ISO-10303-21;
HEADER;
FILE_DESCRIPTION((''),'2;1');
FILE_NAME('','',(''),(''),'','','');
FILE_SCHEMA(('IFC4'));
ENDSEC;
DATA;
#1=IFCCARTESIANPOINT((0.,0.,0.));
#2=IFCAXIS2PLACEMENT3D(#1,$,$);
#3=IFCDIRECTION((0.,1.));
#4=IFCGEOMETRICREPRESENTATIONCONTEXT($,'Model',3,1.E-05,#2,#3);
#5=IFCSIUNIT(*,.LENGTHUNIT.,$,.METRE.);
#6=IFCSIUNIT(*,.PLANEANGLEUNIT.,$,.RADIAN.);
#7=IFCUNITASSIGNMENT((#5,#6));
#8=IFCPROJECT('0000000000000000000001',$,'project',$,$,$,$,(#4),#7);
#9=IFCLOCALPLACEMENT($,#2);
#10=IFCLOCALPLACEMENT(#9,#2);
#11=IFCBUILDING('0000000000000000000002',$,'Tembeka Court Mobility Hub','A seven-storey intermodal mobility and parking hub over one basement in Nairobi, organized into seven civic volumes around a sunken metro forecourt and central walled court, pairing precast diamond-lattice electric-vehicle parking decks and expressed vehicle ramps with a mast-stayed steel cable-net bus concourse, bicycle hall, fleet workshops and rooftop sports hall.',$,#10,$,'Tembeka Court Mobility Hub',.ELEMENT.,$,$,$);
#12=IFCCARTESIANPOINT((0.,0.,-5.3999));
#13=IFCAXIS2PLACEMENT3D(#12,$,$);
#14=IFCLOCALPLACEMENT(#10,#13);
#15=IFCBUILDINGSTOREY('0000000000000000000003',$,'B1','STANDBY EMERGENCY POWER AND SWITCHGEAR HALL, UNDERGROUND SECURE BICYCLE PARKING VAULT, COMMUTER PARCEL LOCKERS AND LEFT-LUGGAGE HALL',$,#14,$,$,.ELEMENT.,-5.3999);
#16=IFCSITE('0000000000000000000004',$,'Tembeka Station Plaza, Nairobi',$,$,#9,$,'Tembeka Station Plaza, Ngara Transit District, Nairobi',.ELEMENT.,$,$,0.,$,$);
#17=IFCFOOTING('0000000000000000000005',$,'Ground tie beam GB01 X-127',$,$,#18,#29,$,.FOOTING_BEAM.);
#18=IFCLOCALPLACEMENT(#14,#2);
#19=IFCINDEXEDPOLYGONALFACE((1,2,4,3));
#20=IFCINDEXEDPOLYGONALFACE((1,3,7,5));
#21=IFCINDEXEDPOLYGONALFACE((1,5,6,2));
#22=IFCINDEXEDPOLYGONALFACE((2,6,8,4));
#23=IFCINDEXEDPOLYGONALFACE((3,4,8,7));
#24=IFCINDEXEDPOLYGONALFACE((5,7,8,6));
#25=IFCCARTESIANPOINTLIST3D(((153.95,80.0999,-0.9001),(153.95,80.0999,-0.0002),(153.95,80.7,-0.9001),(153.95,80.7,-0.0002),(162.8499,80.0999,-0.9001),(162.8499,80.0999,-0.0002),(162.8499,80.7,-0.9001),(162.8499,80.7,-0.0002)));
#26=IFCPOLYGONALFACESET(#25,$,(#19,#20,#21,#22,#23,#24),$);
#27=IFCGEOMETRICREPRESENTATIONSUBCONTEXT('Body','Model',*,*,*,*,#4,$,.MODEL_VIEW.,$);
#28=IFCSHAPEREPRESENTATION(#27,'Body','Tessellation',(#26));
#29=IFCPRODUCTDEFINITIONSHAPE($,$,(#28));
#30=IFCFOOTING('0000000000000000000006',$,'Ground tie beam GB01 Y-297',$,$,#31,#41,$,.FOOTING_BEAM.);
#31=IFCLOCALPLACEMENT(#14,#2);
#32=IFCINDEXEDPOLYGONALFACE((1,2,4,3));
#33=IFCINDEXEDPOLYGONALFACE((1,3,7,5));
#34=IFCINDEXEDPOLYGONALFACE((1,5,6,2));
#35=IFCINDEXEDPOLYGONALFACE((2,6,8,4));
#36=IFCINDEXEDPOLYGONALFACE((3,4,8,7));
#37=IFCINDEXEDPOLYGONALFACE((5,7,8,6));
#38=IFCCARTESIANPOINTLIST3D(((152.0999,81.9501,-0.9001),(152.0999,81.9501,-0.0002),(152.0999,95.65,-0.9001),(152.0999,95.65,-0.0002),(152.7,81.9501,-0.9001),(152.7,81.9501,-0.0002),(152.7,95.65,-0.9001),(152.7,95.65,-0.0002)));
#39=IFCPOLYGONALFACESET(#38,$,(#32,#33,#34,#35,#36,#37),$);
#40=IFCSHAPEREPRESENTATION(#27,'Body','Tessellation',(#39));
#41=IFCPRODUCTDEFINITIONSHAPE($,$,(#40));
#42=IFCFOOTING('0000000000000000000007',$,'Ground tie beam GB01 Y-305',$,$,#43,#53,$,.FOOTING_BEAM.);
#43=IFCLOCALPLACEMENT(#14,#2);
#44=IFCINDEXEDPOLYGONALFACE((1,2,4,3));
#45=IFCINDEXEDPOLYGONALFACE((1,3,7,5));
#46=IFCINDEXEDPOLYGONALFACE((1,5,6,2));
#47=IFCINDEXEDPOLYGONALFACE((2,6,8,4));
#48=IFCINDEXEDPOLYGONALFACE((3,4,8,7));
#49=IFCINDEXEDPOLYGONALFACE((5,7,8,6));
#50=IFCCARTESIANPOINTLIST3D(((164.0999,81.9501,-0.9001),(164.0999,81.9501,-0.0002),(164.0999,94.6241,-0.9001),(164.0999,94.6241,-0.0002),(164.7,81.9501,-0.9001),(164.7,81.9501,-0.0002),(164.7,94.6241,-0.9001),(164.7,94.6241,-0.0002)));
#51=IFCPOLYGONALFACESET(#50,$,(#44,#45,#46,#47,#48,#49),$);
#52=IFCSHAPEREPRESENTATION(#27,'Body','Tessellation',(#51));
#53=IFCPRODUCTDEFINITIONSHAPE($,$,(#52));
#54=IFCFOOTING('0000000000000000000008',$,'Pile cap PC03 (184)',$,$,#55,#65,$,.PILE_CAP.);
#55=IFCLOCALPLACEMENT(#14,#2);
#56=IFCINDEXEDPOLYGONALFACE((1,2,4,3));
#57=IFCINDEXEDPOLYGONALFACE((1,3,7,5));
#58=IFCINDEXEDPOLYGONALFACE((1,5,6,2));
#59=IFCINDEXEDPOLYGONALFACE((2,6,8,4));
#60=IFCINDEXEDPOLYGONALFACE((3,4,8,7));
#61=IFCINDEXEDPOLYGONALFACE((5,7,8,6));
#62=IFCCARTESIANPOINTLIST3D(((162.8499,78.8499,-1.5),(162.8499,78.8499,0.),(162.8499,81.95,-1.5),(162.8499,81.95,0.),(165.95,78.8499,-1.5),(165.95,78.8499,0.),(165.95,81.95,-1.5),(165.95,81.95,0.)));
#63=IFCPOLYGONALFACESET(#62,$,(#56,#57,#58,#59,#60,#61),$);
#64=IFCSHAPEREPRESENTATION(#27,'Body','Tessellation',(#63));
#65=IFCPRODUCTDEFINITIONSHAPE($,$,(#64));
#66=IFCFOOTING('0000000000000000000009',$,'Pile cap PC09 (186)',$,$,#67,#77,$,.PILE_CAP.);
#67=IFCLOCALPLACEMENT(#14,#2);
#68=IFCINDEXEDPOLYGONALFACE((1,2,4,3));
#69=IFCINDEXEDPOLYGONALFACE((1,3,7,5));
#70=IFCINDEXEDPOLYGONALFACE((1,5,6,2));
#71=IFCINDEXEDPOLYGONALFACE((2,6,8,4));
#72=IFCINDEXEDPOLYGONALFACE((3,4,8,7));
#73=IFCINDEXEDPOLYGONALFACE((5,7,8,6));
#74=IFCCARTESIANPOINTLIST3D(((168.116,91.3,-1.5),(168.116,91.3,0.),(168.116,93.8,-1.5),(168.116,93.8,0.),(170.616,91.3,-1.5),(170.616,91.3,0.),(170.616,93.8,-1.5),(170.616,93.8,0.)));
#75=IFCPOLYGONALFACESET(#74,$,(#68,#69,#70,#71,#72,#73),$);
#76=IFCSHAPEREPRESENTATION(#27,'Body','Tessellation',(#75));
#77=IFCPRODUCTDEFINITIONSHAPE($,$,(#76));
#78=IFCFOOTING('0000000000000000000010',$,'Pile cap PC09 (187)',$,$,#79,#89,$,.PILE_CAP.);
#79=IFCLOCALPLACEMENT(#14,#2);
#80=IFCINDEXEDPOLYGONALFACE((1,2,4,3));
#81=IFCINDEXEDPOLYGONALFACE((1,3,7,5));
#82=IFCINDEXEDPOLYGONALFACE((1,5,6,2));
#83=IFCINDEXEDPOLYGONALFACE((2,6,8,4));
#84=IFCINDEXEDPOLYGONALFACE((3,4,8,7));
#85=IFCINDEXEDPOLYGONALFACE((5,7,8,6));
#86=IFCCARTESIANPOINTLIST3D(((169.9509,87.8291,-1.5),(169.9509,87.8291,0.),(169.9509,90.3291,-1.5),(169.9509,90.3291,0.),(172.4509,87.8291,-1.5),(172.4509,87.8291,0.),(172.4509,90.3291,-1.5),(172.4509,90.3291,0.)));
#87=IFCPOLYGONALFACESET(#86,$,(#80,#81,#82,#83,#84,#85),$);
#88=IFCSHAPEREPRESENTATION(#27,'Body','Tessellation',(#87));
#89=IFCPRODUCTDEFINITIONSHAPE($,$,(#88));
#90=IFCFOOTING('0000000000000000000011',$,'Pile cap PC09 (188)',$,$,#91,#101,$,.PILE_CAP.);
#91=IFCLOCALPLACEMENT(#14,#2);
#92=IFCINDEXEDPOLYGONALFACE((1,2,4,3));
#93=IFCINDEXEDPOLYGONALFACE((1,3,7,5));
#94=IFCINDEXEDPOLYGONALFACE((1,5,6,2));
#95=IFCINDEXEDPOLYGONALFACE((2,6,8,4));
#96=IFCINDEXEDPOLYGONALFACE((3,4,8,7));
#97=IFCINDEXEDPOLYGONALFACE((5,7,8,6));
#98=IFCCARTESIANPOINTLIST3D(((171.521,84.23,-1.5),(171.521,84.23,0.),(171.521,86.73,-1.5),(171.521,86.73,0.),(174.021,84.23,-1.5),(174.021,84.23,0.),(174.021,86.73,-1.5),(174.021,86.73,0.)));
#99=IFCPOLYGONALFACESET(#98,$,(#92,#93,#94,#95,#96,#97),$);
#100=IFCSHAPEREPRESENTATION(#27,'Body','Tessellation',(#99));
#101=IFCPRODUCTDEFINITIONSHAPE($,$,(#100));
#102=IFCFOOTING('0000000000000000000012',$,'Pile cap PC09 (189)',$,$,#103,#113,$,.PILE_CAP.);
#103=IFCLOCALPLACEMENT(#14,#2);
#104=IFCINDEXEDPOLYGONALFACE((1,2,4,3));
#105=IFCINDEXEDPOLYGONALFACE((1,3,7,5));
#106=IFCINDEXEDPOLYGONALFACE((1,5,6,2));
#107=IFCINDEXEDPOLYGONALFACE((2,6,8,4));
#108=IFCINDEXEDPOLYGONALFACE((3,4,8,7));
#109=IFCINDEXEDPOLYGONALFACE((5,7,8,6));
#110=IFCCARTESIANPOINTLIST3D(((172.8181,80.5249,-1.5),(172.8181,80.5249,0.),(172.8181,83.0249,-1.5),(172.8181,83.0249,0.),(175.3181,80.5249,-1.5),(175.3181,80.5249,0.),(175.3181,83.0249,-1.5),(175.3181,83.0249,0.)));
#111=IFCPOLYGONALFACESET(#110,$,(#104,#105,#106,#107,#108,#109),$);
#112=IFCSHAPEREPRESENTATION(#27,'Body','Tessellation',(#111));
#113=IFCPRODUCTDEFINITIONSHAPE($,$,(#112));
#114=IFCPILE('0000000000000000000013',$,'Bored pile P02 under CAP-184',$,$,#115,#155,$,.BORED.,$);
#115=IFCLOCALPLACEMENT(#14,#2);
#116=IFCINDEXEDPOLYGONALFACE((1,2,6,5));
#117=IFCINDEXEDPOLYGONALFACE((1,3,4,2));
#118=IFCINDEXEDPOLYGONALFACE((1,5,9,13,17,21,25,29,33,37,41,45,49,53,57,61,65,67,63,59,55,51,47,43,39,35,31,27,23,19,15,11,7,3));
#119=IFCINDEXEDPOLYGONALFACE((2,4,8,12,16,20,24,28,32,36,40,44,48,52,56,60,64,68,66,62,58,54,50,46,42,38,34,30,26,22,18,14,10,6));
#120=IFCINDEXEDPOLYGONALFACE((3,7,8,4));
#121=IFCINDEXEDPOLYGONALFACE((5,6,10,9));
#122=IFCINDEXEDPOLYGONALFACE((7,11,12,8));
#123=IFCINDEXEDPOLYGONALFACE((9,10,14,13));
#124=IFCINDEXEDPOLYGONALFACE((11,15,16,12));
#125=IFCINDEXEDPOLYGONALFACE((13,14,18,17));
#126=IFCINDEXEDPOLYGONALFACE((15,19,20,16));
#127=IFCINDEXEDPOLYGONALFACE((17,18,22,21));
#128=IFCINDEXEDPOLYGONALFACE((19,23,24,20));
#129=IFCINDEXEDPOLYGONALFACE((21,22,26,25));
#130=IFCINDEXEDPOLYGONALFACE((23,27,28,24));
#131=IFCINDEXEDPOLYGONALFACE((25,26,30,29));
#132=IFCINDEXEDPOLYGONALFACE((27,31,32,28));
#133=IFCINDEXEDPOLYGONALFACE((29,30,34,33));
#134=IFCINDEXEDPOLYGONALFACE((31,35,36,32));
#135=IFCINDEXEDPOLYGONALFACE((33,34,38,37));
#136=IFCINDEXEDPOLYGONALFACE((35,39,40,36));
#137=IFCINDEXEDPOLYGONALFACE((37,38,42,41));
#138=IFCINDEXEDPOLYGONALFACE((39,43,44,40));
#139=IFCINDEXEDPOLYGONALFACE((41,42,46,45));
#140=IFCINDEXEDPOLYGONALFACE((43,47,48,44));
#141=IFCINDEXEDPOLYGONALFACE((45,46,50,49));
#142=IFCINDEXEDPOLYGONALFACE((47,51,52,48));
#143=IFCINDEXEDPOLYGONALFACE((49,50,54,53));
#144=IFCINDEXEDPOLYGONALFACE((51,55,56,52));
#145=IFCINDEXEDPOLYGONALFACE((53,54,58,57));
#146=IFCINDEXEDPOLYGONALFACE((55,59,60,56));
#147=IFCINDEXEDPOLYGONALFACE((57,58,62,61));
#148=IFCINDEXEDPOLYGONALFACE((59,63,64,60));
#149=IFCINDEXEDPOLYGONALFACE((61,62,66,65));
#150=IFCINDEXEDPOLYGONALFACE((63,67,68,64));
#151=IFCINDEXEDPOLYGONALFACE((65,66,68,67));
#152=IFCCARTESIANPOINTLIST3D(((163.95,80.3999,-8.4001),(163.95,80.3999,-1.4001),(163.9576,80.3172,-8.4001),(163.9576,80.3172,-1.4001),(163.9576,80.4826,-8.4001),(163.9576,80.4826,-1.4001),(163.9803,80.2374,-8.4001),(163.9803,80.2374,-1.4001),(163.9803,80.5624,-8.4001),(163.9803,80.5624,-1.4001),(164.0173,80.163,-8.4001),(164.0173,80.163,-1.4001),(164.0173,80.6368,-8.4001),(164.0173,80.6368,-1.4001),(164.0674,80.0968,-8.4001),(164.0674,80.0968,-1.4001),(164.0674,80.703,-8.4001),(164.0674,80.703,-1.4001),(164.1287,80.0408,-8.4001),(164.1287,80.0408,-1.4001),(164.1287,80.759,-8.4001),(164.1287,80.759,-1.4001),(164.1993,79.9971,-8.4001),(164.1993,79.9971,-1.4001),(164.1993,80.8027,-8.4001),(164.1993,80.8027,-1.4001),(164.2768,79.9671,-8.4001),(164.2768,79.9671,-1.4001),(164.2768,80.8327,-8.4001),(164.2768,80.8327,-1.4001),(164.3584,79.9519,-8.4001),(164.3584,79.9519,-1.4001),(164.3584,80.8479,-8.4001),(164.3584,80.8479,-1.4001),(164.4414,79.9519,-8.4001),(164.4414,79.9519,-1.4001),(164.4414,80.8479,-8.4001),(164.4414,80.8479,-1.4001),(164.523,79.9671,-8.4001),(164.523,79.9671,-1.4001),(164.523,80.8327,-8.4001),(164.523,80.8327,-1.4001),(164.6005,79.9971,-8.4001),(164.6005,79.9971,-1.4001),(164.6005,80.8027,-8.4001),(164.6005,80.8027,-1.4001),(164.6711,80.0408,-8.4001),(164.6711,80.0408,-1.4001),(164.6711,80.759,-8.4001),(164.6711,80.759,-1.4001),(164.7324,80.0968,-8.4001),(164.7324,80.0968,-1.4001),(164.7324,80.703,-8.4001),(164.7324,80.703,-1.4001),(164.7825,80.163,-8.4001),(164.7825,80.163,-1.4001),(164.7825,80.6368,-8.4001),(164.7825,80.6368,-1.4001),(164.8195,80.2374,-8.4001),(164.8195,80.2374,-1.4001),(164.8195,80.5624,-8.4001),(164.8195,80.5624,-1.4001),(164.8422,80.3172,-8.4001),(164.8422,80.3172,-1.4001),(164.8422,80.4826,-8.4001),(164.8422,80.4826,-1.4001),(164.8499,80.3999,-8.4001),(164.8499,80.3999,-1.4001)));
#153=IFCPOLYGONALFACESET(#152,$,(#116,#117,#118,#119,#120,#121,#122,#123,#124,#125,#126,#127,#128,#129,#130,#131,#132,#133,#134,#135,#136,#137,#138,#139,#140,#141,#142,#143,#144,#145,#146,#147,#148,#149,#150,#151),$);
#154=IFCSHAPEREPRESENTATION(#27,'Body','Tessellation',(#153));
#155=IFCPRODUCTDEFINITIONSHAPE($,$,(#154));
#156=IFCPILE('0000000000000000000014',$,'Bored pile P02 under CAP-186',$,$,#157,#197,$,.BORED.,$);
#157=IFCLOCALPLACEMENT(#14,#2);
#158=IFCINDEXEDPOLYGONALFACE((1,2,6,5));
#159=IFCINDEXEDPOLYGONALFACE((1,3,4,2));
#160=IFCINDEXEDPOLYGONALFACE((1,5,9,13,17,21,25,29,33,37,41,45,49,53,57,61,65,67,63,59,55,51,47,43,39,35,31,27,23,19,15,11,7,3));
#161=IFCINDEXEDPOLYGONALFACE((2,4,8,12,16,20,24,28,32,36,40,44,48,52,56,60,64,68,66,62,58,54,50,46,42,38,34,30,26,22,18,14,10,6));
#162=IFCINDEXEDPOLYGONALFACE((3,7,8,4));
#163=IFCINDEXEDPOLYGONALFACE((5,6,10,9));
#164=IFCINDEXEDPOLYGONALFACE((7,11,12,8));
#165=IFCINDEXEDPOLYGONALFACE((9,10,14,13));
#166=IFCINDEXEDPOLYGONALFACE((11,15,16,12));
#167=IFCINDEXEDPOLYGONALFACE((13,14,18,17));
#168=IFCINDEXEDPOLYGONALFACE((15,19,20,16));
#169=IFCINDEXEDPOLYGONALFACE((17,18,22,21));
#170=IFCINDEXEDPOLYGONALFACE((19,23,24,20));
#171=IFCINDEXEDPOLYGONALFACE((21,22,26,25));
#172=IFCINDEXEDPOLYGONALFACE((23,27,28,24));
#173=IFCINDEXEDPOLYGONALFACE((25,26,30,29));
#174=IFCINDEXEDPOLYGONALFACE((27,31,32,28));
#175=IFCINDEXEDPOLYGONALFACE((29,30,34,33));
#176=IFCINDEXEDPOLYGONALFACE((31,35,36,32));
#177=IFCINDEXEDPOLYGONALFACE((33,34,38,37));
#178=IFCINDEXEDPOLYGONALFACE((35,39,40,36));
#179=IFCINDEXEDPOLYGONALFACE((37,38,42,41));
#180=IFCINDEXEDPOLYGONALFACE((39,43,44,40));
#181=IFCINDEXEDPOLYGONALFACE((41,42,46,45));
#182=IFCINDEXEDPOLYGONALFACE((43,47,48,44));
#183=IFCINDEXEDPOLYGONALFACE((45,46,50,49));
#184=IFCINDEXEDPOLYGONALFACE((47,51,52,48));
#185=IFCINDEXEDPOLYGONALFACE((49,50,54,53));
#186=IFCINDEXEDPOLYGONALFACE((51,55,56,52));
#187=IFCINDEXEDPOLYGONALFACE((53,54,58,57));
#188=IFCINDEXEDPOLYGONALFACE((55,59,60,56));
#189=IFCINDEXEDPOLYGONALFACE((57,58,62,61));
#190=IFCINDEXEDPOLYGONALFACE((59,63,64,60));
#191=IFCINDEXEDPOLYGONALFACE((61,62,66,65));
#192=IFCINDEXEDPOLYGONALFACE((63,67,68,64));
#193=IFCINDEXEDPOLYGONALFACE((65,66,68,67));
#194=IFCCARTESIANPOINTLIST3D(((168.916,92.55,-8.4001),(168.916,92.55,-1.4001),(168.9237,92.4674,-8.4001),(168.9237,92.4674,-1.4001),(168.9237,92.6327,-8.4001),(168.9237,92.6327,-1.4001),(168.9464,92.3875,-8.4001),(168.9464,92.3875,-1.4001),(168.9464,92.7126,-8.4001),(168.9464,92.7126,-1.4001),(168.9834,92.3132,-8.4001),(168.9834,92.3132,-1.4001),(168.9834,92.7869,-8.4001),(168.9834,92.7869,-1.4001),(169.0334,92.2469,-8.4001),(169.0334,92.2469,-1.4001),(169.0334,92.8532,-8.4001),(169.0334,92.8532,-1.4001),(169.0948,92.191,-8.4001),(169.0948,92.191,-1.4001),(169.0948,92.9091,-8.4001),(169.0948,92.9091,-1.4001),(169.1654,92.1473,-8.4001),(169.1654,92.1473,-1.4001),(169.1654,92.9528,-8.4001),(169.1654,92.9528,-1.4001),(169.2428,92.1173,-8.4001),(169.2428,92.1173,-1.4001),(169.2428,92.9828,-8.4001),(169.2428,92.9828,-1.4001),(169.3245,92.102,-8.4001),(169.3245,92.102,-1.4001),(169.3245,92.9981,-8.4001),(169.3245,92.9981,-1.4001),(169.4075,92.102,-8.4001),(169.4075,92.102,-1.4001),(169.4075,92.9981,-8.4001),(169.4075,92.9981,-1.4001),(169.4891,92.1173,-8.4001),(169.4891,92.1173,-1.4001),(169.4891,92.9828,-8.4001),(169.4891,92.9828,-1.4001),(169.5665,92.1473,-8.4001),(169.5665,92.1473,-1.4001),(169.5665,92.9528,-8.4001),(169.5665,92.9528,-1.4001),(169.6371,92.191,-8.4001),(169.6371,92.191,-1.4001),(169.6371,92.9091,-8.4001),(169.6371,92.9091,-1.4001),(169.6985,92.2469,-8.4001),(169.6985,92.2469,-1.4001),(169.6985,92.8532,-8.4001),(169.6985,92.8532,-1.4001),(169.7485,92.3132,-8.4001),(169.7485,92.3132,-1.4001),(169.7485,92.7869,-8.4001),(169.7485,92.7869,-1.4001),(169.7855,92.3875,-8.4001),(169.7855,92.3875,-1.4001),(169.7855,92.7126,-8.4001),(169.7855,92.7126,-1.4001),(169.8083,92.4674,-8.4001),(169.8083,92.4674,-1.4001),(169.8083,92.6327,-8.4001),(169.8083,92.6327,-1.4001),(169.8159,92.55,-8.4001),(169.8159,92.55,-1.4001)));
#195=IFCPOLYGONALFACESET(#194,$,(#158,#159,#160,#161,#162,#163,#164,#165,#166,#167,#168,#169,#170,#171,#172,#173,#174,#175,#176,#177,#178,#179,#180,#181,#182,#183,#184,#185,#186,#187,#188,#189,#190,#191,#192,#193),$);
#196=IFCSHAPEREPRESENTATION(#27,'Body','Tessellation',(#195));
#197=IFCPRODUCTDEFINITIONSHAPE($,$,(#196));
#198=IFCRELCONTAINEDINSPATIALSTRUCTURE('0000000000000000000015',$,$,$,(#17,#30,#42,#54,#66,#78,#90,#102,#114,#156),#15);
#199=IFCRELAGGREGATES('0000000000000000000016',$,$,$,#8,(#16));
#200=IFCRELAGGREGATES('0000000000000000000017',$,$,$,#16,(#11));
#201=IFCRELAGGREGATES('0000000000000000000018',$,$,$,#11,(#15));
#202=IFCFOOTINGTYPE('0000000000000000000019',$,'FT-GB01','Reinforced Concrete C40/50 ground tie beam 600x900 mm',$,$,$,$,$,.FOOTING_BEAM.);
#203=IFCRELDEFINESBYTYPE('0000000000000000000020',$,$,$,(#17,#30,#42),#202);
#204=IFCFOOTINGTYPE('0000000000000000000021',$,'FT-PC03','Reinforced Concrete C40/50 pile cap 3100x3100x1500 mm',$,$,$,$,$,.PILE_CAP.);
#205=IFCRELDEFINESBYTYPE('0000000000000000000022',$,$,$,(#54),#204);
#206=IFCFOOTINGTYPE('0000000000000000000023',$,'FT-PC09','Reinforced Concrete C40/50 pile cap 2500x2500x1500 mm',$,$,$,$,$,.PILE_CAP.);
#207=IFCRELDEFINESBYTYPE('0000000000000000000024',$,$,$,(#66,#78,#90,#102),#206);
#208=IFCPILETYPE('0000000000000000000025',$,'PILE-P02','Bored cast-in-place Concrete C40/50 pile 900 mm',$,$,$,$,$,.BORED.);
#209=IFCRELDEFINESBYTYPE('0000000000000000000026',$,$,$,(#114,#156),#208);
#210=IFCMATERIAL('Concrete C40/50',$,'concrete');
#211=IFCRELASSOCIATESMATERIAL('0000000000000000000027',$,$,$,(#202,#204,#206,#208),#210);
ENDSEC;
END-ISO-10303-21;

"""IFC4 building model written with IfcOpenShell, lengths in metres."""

from ifc_helpers import new_model, si_unit, direction, frame, origin, origin_2d, place, context, subcontext, project, spatial, rectangle, circle, extrude, material, material_profile, profile_set, type_object, element, save


model = new_model("IFC4")

# Units and contexts
model_context = context("Model", 3, precision=1e-05, world=origin(), true_north=direction((0.0, 1.0)))
body_context = subcontext(model_context, "Body", "Model", "MODEL_VIEW")
ifc_project = project(units=[si_unit("LENGTHUNIT", "METRE"), si_unit("PLANEANGLEUNIT", "RADIAN")], contexts=[model_context])

# Site, building, storey
site_placement = place(None, origin())
site = spatial("IfcSite", under=ifc_project, at=site_placement, Name="Tembeka Station Plaza, Nairobi", LongName="Tembeka Station Plaza, Ngara Transit District, Nairobi", CompositionType="ELEMENT", RefElevation=0.0)
building_placement = place(site_placement, origin())
building = spatial("IfcBuilding", under=site, at=building_placement, Name="Tembeka Court Mobility Hub", Description="A seven-storey intermodal mobility and parking hub over one basement in Nairobi, organized into seven civic volumes around a sunken metro forecourt and central walled court, pairing precast diamond-lattice electric-vehicle parking decks and expressed vehicle ramps with a mast-stayed steel cable-net bus concourse, bicycle hall, fleet workshops and rooftop sports hall.", LongName="Tembeka Court Mobility Hub", CompositionType="ELEMENT")
storey_placement = place(building_placement, frame((0.0, 0.0, -5.3999)))
storey = spatial("IfcBuildingStorey", under=building, at=storey_placement, Name="B1", Description="STANDBY EMERGENCY POWER AND SWITCHGEAR HALL, UNDERGROUND SECURE BICYCLE PARKING VAULT, COMMUTER PARCEL LOCKERS AND LEFT-LUGGAGE HALL", CompositionType="ELEMENT", Elevation=-5.3999)

# Footings
ifc_material_1 = material(Name="Concrete C40/50", Category="concrete")
footing_type_1 = type_object("IfcFootingType", Name="FT-GB01", Description="Reinforced Concrete C40/50 ground tie beam 600x900 mm", PredefinedType="FOOTING_BEAM", material=ifc_material_1)
footing_1_placement = place(storey_placement, frame((158.3999, 80.3999, -0.9001), z_axis=(0.0, 0.0, 1.0), x_axis=(1.0, 0.0, 0.0)))
element("IfcFooting", 1, at=footing_1_placement, inside=storey, type_object=footing_type_1, Name="Ground tie beam GB01 X-127", PredefinedType="FOOTING_BEAM", context=body_context, shape_type="SweptSolid", body=[
    extrude(rectangle(XDim=8.8999, YDim=0.6001, at=origin_2d()), origin(), (0.0, 0.0, 1.0), 0.8999),
])
footing_2_placement = place(storey_placement, frame((152.3999, 88.8, -0.9001), z_axis=(0.0, 0.0, 1.0), x_axis=(0.0, 1.0, 0.0)))
element("IfcFooting", 2, at=footing_2_placement, inside=storey, type_object=footing_type_1, Name="Ground tie beam GB01 Y-297", PredefinedType="FOOTING_BEAM", context=body_context, shape_type="SweptSolid", body=[
    extrude(rectangle(XDim=13.7, YDim=0.6001, at=origin_2d()), origin(), (0.0, 0.0, 1.0), 0.8999),
])
footing_3_placement = place(storey_placement, frame((164.3999, 88.2871, -0.9001), z_axis=(0.0, 0.0, 1.0), x_axis=(0.0, 1.0, 0.0)))
element("IfcFooting", 3, at=footing_3_placement, inside=storey, type_object=footing_type_1, Name="Ground tie beam GB01 Y-305", PredefinedType="FOOTING_BEAM", context=body_context, shape_type="SweptSolid", body=[
    extrude(rectangle(XDim=12.6741, YDim=0.6001, at=origin_2d()), origin(), (0.0, 0.0, 1.0), 0.8999),
])
footing_type_2 = type_object("IfcFootingType", Name="FT-PC03", Description="Reinforced Concrete C40/50 pile cap 3100x3100x1500 mm", PredefinedType="PILE_CAP", material=ifc_material_1)
footing_4_placement = place(storey_placement, frame((164.3999, 80.3999, -1.5), z_axis=(0.0, 0.0, 1.0), x_axis=(1.0, 0.0, 0.0)))
element("IfcFooting", 4, at=footing_4_placement, inside=storey, type_object=footing_type_2, Name="Pile cap PC03 (184)", PredefinedType="PILE_CAP", context=body_context, shape_type="SweptSolid", body=[
    extrude(rectangle(XDim=3.1001, YDim=3.1001, at=origin_2d()), origin(), (0.0, 0.0, 1.0), 1.5),
])
footing_type_3 = type_object("IfcFootingType", Name="FT-PC09", Description="Reinforced Concrete C40/50 pile cap 2500x2500x1500 mm", PredefinedType="PILE_CAP", material=ifc_material_1)
for number, where, z_axis, x_axis, name in (
    (5, (169.366, 92.55, -1.5), (0.0, 0.0, 1.0), (1.0, 0.0, 0.0), "Pile cap PC09 (186)"),
    (6, (171.2009, 89.0791, -1.5), (0.0, 0.0, 1.0), (1.0, 0.0, 0.0), "Pile cap PC09 (187)"),
    (7, (172.771, 85.48, -1.5), (0.0, 0.0, 1.0), (1.0, 0.0, 0.0), "Pile cap PC09 (188)"),
    (8, (174.0681, 81.7749, -1.5), (0.0, 0.0, 1.0), (1.0, 0.0, 0.0), "Pile cap PC09 (189)"),
):
    element("IfcFooting", number, at=place(storey_placement, frame(where, z_axis=z_axis, x_axis=x_axis)), inside=storey, type_object=footing_type_3, Name=name, PredefinedType="PILE_CAP", context=body_context, shape_type="SweptSolid", body=[
        extrude(rectangle(XDim=2.5, YDim=2.5, at=origin_2d()), origin(), (0.0, 0.0, 1.0), 1.5),
    ])

# Piles
ifc_material_profile_1 = material_profile(ifc_material_1, circle(Radius=0.45, at=origin_2d()), Name="PILE D900")
ifc_profile_set_1 = profile_set([ifc_material_profile_1], Name="Concrete C40/50")
pile_type_1 = type_object("IfcPileType", Name="PILE-P02", Description="Bored cast-in-place Concrete C40/50 pile 900 mm", PredefinedType="BORED", material=ifc_profile_set_1)
for number, where, z_axis, x_axis, name in (
    (9, (164.3999, 80.3999, -1.4001), (0.0, 0.0, -1.0), (1.0, 0.0, 0.0), "Bored pile P02 under CAP-184"),
    (10, (169.366, 92.55, -1.4001), (0.0, 0.0, -1.0), (1.0, 0.0, 0.0), "Bored pile P02 under CAP-186"),
):
    element("IfcPile", number, at=place(storey_placement, frame(where, z_axis=z_axis, x_axis=x_axis)), inside=storey, type_object=pile_type_1, Name=name, PredefinedType="BORED", context=body_context, shape_type="SweptSolid", body=[
        extrude(circle(Radius=0.45, at=origin_2d()), origin(), (0.0, 0.0, 1.0), 7.0),
    ])

save(model, "model.ifc")
